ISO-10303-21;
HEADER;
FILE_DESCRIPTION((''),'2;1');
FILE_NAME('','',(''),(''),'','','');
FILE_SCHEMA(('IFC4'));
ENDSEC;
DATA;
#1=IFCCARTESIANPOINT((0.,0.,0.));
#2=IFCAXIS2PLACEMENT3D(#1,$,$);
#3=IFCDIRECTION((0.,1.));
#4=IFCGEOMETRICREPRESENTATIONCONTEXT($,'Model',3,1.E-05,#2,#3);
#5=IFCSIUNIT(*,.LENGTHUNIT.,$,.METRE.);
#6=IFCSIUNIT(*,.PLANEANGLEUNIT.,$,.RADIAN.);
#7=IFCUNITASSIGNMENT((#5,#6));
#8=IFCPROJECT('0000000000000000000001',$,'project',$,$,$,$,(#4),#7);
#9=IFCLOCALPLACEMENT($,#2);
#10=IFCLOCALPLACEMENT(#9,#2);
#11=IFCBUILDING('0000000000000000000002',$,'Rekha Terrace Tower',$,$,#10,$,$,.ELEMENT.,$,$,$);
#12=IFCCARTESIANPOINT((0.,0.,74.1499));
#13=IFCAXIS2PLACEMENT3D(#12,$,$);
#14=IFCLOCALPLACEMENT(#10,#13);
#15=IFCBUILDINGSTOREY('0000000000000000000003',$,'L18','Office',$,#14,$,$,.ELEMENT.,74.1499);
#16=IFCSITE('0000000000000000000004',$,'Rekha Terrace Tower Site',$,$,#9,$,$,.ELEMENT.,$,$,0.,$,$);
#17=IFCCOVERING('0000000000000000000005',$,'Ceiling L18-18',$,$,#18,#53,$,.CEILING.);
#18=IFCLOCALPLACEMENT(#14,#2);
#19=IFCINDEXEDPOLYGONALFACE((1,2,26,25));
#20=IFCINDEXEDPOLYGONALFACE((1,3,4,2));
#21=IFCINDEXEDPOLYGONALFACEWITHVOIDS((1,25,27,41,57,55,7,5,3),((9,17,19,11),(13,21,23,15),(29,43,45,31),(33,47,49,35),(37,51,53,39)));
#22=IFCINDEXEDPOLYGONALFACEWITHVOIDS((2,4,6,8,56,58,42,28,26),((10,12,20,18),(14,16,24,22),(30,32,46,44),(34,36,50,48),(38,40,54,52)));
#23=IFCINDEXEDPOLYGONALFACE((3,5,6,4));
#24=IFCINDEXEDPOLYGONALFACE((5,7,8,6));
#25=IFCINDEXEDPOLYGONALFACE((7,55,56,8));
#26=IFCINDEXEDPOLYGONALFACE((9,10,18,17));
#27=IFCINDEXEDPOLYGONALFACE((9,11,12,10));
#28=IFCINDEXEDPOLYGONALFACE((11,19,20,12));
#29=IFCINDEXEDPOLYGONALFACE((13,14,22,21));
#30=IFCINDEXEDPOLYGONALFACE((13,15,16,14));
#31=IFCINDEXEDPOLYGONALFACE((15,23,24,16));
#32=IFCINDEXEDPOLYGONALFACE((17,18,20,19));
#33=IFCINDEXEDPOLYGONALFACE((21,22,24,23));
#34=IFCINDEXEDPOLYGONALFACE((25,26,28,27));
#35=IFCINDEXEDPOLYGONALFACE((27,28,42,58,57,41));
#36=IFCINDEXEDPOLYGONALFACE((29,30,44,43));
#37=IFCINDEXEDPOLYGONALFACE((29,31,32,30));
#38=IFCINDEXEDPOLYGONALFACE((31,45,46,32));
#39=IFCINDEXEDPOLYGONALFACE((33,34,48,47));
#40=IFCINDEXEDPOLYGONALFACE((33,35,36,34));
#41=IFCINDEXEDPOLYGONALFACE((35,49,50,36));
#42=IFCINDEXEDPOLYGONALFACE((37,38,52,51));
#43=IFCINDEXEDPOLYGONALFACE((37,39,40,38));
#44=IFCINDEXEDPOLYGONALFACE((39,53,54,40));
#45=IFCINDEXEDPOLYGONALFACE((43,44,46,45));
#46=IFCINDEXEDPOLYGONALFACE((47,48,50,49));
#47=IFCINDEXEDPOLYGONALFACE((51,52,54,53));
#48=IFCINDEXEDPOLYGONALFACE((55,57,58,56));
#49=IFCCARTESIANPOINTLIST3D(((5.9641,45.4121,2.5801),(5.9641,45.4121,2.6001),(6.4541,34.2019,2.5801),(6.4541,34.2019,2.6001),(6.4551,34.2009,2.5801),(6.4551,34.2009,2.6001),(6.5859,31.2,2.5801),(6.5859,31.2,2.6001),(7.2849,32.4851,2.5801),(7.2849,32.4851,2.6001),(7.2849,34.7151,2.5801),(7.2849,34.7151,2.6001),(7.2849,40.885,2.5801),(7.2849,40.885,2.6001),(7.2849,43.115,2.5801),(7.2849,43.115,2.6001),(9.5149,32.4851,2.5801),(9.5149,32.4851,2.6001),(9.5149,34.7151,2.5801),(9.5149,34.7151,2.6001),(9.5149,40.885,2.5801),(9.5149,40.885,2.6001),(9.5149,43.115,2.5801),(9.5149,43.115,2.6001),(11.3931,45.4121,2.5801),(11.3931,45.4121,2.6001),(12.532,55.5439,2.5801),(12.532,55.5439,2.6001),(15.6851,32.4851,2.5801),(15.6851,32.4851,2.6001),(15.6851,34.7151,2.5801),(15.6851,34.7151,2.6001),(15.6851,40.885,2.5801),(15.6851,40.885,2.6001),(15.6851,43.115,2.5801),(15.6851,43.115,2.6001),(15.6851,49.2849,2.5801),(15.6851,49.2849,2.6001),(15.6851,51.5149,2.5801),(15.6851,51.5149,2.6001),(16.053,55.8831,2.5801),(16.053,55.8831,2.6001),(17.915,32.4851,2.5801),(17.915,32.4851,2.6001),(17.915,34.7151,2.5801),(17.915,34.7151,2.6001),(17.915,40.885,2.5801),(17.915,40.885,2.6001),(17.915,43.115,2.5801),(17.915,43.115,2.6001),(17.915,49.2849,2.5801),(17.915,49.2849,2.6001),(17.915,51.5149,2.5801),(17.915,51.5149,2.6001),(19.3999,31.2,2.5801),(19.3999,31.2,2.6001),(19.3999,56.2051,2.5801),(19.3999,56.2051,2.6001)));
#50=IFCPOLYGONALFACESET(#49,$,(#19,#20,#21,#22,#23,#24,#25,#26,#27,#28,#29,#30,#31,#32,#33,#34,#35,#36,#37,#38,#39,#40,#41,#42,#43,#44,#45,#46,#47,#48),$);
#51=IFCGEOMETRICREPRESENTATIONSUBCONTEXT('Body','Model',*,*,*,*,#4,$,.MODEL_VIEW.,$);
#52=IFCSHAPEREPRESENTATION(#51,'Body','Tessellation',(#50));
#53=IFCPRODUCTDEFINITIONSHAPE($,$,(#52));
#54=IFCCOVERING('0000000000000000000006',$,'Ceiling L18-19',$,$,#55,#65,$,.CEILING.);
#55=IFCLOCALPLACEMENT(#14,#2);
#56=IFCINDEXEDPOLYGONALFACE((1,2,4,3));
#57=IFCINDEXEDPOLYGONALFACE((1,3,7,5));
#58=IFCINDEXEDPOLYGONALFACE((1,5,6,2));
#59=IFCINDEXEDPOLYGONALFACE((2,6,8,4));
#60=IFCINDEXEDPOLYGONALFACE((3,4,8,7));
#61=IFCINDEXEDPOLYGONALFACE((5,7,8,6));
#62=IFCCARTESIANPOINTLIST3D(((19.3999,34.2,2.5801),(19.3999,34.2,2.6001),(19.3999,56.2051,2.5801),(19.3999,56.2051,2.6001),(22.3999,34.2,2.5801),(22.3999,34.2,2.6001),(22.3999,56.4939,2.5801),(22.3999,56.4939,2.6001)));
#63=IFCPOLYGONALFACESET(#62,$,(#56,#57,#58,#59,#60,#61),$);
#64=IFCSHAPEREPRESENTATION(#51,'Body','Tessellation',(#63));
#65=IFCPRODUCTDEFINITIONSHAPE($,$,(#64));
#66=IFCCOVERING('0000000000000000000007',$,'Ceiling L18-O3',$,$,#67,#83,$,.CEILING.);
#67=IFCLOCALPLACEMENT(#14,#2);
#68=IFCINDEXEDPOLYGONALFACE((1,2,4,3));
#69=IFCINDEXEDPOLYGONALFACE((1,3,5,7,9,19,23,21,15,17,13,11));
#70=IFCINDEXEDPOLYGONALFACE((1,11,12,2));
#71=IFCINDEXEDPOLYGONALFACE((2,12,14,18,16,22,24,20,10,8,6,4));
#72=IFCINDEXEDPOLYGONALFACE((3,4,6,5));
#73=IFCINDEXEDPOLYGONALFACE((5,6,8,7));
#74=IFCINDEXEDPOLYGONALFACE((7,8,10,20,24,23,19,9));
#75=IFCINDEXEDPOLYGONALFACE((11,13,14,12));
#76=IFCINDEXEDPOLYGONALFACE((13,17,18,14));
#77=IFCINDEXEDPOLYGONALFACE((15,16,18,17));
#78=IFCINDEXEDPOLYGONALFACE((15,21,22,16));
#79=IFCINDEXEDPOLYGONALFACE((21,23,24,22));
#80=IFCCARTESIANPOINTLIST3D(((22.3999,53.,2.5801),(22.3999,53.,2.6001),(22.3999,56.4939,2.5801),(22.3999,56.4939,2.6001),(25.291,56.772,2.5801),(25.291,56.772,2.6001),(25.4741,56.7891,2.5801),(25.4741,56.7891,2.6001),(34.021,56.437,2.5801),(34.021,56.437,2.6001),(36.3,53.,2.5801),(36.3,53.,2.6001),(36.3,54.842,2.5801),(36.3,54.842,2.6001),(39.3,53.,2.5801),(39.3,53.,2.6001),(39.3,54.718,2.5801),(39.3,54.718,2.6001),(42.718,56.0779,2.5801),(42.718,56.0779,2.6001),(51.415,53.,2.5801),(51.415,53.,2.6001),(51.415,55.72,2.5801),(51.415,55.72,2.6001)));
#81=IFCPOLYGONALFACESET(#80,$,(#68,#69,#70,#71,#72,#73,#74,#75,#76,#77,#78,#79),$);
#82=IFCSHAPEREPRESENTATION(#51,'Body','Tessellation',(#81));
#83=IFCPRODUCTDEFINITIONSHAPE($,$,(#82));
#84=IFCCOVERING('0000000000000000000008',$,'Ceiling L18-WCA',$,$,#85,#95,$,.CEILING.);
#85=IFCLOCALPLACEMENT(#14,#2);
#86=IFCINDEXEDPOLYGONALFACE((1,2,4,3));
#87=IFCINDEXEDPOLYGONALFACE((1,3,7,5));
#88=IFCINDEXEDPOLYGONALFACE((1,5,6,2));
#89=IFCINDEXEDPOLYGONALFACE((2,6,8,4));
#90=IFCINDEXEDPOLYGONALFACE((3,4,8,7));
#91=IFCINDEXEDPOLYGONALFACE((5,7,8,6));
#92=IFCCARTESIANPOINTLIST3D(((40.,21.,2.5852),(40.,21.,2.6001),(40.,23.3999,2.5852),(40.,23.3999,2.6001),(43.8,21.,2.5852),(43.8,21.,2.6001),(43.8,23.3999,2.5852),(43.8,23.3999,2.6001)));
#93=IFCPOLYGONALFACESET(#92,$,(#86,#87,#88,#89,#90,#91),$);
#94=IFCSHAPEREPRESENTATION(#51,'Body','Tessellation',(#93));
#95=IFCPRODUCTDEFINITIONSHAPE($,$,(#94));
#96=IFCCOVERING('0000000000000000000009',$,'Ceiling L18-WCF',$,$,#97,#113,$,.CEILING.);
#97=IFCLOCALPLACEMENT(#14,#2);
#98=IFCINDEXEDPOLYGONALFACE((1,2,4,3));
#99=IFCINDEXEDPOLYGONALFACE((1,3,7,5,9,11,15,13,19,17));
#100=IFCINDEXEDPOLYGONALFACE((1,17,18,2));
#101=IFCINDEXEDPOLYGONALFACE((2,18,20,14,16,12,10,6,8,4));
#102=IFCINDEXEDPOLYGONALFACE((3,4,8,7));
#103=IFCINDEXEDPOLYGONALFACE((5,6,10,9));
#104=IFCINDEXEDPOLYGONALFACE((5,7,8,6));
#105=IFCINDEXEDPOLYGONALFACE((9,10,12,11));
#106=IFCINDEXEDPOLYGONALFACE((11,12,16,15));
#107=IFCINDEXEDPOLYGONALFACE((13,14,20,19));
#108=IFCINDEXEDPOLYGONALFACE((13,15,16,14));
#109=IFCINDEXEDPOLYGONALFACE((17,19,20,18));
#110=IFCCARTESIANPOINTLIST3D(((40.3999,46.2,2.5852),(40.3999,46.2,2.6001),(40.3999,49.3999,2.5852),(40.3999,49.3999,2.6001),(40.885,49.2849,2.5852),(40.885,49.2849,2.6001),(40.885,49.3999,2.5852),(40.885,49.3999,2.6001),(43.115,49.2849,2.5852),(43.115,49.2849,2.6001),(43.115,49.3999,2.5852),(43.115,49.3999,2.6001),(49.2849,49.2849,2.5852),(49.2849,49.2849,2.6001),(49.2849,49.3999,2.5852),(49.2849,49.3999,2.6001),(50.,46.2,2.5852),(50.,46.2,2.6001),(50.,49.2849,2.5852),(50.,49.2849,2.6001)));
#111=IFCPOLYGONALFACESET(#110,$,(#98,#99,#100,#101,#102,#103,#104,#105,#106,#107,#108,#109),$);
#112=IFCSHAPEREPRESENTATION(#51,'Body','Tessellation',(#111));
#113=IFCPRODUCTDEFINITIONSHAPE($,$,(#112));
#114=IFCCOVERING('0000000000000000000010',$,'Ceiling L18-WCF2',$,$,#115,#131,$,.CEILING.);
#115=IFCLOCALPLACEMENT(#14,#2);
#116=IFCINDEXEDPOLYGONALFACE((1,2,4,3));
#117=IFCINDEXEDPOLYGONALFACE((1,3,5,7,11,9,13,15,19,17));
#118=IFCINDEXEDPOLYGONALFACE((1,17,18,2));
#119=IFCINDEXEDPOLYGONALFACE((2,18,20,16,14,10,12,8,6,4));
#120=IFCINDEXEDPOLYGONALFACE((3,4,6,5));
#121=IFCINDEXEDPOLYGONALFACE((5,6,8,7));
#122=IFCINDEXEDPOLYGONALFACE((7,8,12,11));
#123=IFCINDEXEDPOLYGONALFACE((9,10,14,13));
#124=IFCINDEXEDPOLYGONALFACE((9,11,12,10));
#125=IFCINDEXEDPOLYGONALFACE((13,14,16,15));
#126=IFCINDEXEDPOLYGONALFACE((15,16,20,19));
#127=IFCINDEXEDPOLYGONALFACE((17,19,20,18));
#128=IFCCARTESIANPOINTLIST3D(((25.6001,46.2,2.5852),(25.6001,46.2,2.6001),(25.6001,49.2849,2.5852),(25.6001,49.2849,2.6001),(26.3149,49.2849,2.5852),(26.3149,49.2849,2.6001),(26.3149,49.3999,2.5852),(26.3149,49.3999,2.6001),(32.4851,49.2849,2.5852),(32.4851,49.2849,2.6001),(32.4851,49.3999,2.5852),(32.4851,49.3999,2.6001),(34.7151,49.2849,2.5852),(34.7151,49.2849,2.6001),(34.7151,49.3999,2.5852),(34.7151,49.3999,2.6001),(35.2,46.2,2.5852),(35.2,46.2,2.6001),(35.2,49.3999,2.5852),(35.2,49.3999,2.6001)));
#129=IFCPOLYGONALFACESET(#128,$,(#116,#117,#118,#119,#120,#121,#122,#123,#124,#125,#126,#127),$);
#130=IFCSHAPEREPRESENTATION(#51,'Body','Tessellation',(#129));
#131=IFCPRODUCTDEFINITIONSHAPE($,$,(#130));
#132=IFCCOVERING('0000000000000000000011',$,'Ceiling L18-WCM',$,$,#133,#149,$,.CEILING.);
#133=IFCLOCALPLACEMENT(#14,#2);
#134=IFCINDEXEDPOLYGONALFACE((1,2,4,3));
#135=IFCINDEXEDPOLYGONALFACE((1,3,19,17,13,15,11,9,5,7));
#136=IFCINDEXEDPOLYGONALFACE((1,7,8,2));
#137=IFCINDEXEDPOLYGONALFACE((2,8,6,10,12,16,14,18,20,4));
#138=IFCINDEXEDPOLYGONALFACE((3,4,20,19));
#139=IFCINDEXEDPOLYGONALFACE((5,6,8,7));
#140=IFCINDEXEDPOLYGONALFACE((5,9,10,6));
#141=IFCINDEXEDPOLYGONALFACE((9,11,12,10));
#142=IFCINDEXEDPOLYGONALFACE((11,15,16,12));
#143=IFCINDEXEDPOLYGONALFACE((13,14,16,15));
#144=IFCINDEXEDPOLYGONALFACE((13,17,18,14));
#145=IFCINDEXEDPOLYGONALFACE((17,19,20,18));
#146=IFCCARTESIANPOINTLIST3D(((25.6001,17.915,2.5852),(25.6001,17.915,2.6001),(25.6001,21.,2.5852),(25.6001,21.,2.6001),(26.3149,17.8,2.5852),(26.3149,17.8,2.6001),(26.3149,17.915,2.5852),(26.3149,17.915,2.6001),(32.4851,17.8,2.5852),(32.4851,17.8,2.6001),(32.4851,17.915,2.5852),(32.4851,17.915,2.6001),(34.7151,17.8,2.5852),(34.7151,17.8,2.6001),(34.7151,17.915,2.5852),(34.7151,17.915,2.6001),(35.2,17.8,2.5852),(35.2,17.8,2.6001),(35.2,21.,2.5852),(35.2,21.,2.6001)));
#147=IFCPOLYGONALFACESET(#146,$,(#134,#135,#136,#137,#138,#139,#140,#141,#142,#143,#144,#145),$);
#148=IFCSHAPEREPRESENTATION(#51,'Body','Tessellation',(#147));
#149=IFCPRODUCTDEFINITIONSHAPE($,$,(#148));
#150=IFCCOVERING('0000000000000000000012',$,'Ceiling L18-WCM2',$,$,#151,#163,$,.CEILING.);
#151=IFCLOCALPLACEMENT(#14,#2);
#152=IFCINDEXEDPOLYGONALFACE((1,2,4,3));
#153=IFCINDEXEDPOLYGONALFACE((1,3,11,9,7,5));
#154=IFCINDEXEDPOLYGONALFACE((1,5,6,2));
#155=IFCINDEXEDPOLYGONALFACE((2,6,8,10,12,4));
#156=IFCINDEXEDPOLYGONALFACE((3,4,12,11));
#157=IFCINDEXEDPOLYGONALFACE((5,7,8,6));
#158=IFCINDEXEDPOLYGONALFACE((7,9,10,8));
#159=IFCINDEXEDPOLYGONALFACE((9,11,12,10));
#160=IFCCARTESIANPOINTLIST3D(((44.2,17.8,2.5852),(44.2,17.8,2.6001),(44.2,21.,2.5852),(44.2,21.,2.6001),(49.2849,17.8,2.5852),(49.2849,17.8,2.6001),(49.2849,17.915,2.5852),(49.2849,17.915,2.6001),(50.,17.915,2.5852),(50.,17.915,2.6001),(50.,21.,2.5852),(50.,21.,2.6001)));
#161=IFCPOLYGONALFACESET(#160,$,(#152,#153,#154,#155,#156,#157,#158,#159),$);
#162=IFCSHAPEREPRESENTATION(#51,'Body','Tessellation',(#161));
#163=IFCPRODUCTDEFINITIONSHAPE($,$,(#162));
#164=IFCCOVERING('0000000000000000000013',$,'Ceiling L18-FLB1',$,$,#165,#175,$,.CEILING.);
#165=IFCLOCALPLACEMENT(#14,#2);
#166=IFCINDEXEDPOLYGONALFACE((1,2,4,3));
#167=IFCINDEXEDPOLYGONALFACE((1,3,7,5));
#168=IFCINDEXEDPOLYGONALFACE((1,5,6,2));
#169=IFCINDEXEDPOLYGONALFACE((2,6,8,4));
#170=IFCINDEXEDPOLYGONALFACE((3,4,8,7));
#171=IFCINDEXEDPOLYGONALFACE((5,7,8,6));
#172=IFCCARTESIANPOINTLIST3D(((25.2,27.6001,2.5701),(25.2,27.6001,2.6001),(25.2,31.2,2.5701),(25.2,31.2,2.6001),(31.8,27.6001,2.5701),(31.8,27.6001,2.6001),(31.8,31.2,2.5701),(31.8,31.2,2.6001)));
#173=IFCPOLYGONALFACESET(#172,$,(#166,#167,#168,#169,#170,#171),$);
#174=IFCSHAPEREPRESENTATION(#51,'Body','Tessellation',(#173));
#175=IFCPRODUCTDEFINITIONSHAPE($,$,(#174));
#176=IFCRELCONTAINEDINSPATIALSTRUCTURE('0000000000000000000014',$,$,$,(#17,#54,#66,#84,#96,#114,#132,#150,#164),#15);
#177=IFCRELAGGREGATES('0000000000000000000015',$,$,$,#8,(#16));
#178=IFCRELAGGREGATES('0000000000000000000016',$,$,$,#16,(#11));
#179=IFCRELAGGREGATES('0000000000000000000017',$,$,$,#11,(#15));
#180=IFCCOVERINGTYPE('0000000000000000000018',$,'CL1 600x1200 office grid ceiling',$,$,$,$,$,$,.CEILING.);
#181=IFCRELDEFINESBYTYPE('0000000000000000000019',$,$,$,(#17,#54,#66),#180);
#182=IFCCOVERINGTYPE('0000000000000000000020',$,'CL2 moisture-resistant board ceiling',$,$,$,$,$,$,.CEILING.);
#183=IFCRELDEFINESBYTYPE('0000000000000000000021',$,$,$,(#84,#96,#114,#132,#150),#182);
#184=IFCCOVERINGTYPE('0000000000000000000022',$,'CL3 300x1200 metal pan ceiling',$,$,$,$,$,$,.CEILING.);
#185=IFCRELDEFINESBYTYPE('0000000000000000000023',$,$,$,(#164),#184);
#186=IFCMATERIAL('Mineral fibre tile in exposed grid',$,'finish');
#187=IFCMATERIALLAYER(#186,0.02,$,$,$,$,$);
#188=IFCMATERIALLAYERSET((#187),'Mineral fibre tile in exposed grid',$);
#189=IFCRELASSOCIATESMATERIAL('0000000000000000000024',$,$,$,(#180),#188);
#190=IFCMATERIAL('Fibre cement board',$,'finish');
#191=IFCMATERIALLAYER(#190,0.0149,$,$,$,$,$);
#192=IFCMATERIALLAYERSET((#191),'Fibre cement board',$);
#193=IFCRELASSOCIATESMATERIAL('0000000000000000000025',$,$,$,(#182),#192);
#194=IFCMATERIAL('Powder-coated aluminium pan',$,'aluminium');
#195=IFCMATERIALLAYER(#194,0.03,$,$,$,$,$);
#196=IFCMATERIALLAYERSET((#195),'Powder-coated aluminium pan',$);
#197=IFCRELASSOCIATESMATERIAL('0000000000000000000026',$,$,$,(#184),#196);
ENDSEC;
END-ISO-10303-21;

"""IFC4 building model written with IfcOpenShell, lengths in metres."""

from ifc_helpers import new_model, si_unit, direction, frame, origin, place, context, subcontext, project, spatial, polyline, outline, extrude, material, layer, layer_set, type_object, element, save


model = new_model("IFC4")

# Units and contexts
model_context = context("Model", 3, precision=1e-05, world=origin(), true_north=direction((0.0, 1.0)))
body_context = subcontext(model_context, "Body", "Model", "MODEL_VIEW")
ifc_project = project(units=[si_unit("LENGTHUNIT", "METRE"), si_unit("PLANEANGLEUNIT", "RADIAN")], contexts=[model_context])

# Site, building, storey
site_placement = place(None, origin())
site = spatial("IfcSite", under=ifc_project, at=site_placement, Name="Rekha Terrace Tower Site", CompositionType="ELEMENT", RefElevation=0.0)
building_placement = place(site_placement, origin())
building = spatial("IfcBuilding", under=site, at=building_placement, Name="Rekha Terrace Tower", CompositionType="ELEMENT")
storey_placement = place(building_placement, frame((0.0, 0.0, 74.1499)))
storey = spatial("IfcBuildingStorey", under=building, at=storey_placement, Name="L18", Description="Office", CompositionType="ELEMENT", Elevation=74.1499)

# Coverings
ifc_material_1 = material(Name="Mineral fibre tile in exposed grid", Category="finish")
ifc_layer_1 = layer(ifc_material_1, 0.02)
ifc_layer_set_1 = layer_set([ifc_layer_1], Name="Mineral fibre tile in exposed grid")
covering_type_1 = type_object("IfcCoveringType", Name="CL1 600x1200 office grid ceiling", PredefinedType="CEILING", material=ifc_layer_set_1)
covering_1_placement = place(storey_placement, frame((0.0, 0.0, 2.5801)))
element("IfcCovering", 1, at=covering_1_placement, inside=storey, type_object=covering_type_1, Name="Ceiling L18-18", PredefinedType="CEILING", context=body_context, shape_type="SweptSolid", body=[
    extrude(outline(polyline([(11.3931, 45.4121), (5.9641, 45.4121), (6.4541, 34.2019), (6.4551, 34.2009), (6.5859, 31.2), (19.3999, 31.2), (19.3999, 56.2051), (16.053, 55.8831), (12.532, 55.5439), (11.3931, 45.4121)]), holes=[polyline([(17.915, 32.4851), (15.6851, 32.4851), (15.6851, 34.7151), (17.915, 34.7151), (17.915, 32.4851)]), polyline([(17.915, 40.885), (15.6851, 40.885), (15.6851, 43.115), (17.915, 43.115), (17.915, 40.885)]), polyline([(17.915, 49.2849), (15.6851, 49.2849), (15.6851, 51.5149), (17.915, 51.5149), (17.915, 49.2849)]), polyline([(9.5149, 32.4851), (7.2849, 32.4851), (7.2849, 34.7151), (9.5149, 34.7151), (9.5149, 32.4851)]), polyline([(9.5149, 40.885), (7.2849, 40.885), (7.2849, 43.115), (9.5149, 43.115), (9.5149, 40.885)])]), origin(), (0.0, 0.0, 1.0), 0.02),
])
covering_2_placement = place(storey_placement, frame((0.0, 0.0, 2.5801)))
element("IfcCovering", 2, at=covering_2_placement, inside=storey, type_object=covering_type_1, Name="Ceiling L18-19", PredefinedType="CEILING", context=body_context, shape_type="SweptSolid", body=[
    extrude(outline(polyline([(19.3999, 34.2), (22.3999, 34.2), (22.3999, 56.4939), (19.3999, 56.2051), (19.3999, 34.2)])), origin(), (0.0, 0.0, 1.0), 0.02),
])
covering_3_placement = place(storey_placement, frame((0.0, 0.0, 2.5801)))
element("IfcCovering", 3, at=covering_3_placement, inside=storey, type_object=covering_type_1, Name="Ceiling L18-O3", PredefinedType="CEILING", context=body_context, shape_type="SweptSolid", body=[
    extrude(outline(polyline([(25.4741, 56.7891), (25.291, 56.772), (22.3999, 56.4939), (22.3999, 53.0), (36.3, 53.0), (36.3, 54.842), (39.3, 54.718), (39.3, 53.0), (51.415, 53.0), (51.415, 55.72), (42.718, 56.0779), (34.021, 56.437), (25.4741, 56.7891)])), origin(), (0.0, 0.0, 1.0), 0.02),
])
ifc_material_2 = material(Name="Fibre cement board", Category="finish")
ifc_layer_2 = layer(ifc_material_2, 0.0149)
ifc_layer_set_2 = layer_set([ifc_layer_2], Name="Fibre cement board")
covering_type_2 = type_object("IfcCoveringType", Name="CL2 moisture-resistant board ceiling", PredefinedType="CEILING", material=ifc_layer_set_2)
covering_4_placement = place(storey_placement, frame((0.0, 0.0, 2.5852)))
element("IfcCovering", 4, at=covering_4_placement, inside=storey, type_object=covering_type_2, Name="Ceiling L18-WCA", PredefinedType="CEILING", context=body_context, shape_type="SweptSolid", body=[
    extrude(outline(polyline([(43.8, 23.3999), (40.0, 23.3999), (40.0, 21.0), (43.8, 21.0), (43.8, 23.3999)])), origin(), (0.0, 0.0, 1.0), 0.0149),
])
covering_5_placement = place(storey_placement, frame((0.0, 0.0, 2.5852)))
element("IfcCovering", 5, at=covering_5_placement, inside=storey, type_object=covering_type_2, Name="Ceiling L18-WCF", PredefinedType="CEILING", context=body_context, shape_type="SweptSolid", body=[
    extrude(outline(polyline([(40.885, 49.3999), (40.3999, 49.3999), (40.3999, 46.2), (50.0, 46.2), (50.0, 49.2849), (49.2849, 49.2849), (49.2849, 49.3999), (43.115, 49.3999), (43.115, 49.2849), (40.885, 49.2849), (40.885, 49.3999)])), origin(), (0.0, 0.0, 1.0), 0.0149),
])
covering_6_placement = place(storey_placement, frame((0.0, 0.0, 2.5852)))
element("IfcCovering", 6, at=covering_6_placement, inside=storey, type_object=covering_type_2, Name="Ceiling L18-WCF2", PredefinedType="CEILING", context=body_context, shape_type="SweptSolid", body=[
    extrude(outline(polyline([(26.3149, 49.2849), (25.6001, 49.2849), (25.6001, 46.2), (35.2, 46.2), (35.2, 49.3999), (34.7151, 49.3999), (34.7151, 49.2849), (32.4851, 49.2849), (32.4851, 49.3999), (26.3149, 49.3999), (26.3149, 49.2849)])), origin(), (0.0, 0.0, 1.0), 0.0149),
])
covering_7_placement = place(storey_placement, frame((0.0, 0.0, 2.5852)))
element("IfcCovering", 7, at=covering_7_placement, inside=storey, type_object=covering_type_2, Name="Ceiling L18-WCM", PredefinedType="CEILING", context=body_context, shape_type="SweptSolid", body=[
    extrude(outline(polyline([(35.2, 21.0), (25.6001, 21.0), (25.6001, 17.915), (26.3149, 17.915), (26.3149, 17.8), (32.4851, 17.8), (32.4851, 17.915), (34.7151, 17.915), (34.7151, 17.8), (35.2, 17.8), (35.2, 21.0)])), origin(), (0.0, 0.0, 1.0), 0.0149),
])
covering_8_placement = place(storey_placement, frame((0.0, 0.0, 2.5852)))
element("IfcCovering", 8, at=covering_8_placement, inside=storey, type_object=covering_type_2, Name="Ceiling L18-WCM2", PredefinedType="CEILING", context=body_context, shape_type="SweptSolid", body=[
    extrude(outline(polyline([(50.0, 21.0), (44.2, 21.0), (44.2, 17.8), (49.2849, 17.8), (49.2849, 17.915), (50.0, 17.915), (50.0, 21.0)])), origin(), (0.0, 0.0, 1.0), 0.0149),
])
ifc_material_3 = material(Name="Powder-coated aluminium pan", Category="aluminium")
ifc_layer_3 = layer(ifc_material_3, 0.03)
ifc_layer_set_3 = layer_set([ifc_layer_3], Name="Powder-coated aluminium pan")
covering_type_3 = type_object("IfcCoveringType", Name="CL3 300x1200 metal pan ceiling", PredefinedType="CEILING", material=ifc_layer_set_3)
covering_9_placement = place(storey_placement, frame((0.0, 0.0, 2.5701)))
element("IfcCovering", 9, at=covering_9_placement, inside=storey, type_object=covering_type_3, Name="Ceiling L18-FLB1", PredefinedType="CEILING", context=body_context, shape_type="SweptSolid", body=[
    extrude(outline(polyline([(31.8, 31.2), (25.2, 31.2), (25.2, 27.6001), (31.8, 27.6001), (31.8, 31.2)])), origin(), (0.0, 0.0, 1.0), 0.03),
])

save(model, "model.ifc")
